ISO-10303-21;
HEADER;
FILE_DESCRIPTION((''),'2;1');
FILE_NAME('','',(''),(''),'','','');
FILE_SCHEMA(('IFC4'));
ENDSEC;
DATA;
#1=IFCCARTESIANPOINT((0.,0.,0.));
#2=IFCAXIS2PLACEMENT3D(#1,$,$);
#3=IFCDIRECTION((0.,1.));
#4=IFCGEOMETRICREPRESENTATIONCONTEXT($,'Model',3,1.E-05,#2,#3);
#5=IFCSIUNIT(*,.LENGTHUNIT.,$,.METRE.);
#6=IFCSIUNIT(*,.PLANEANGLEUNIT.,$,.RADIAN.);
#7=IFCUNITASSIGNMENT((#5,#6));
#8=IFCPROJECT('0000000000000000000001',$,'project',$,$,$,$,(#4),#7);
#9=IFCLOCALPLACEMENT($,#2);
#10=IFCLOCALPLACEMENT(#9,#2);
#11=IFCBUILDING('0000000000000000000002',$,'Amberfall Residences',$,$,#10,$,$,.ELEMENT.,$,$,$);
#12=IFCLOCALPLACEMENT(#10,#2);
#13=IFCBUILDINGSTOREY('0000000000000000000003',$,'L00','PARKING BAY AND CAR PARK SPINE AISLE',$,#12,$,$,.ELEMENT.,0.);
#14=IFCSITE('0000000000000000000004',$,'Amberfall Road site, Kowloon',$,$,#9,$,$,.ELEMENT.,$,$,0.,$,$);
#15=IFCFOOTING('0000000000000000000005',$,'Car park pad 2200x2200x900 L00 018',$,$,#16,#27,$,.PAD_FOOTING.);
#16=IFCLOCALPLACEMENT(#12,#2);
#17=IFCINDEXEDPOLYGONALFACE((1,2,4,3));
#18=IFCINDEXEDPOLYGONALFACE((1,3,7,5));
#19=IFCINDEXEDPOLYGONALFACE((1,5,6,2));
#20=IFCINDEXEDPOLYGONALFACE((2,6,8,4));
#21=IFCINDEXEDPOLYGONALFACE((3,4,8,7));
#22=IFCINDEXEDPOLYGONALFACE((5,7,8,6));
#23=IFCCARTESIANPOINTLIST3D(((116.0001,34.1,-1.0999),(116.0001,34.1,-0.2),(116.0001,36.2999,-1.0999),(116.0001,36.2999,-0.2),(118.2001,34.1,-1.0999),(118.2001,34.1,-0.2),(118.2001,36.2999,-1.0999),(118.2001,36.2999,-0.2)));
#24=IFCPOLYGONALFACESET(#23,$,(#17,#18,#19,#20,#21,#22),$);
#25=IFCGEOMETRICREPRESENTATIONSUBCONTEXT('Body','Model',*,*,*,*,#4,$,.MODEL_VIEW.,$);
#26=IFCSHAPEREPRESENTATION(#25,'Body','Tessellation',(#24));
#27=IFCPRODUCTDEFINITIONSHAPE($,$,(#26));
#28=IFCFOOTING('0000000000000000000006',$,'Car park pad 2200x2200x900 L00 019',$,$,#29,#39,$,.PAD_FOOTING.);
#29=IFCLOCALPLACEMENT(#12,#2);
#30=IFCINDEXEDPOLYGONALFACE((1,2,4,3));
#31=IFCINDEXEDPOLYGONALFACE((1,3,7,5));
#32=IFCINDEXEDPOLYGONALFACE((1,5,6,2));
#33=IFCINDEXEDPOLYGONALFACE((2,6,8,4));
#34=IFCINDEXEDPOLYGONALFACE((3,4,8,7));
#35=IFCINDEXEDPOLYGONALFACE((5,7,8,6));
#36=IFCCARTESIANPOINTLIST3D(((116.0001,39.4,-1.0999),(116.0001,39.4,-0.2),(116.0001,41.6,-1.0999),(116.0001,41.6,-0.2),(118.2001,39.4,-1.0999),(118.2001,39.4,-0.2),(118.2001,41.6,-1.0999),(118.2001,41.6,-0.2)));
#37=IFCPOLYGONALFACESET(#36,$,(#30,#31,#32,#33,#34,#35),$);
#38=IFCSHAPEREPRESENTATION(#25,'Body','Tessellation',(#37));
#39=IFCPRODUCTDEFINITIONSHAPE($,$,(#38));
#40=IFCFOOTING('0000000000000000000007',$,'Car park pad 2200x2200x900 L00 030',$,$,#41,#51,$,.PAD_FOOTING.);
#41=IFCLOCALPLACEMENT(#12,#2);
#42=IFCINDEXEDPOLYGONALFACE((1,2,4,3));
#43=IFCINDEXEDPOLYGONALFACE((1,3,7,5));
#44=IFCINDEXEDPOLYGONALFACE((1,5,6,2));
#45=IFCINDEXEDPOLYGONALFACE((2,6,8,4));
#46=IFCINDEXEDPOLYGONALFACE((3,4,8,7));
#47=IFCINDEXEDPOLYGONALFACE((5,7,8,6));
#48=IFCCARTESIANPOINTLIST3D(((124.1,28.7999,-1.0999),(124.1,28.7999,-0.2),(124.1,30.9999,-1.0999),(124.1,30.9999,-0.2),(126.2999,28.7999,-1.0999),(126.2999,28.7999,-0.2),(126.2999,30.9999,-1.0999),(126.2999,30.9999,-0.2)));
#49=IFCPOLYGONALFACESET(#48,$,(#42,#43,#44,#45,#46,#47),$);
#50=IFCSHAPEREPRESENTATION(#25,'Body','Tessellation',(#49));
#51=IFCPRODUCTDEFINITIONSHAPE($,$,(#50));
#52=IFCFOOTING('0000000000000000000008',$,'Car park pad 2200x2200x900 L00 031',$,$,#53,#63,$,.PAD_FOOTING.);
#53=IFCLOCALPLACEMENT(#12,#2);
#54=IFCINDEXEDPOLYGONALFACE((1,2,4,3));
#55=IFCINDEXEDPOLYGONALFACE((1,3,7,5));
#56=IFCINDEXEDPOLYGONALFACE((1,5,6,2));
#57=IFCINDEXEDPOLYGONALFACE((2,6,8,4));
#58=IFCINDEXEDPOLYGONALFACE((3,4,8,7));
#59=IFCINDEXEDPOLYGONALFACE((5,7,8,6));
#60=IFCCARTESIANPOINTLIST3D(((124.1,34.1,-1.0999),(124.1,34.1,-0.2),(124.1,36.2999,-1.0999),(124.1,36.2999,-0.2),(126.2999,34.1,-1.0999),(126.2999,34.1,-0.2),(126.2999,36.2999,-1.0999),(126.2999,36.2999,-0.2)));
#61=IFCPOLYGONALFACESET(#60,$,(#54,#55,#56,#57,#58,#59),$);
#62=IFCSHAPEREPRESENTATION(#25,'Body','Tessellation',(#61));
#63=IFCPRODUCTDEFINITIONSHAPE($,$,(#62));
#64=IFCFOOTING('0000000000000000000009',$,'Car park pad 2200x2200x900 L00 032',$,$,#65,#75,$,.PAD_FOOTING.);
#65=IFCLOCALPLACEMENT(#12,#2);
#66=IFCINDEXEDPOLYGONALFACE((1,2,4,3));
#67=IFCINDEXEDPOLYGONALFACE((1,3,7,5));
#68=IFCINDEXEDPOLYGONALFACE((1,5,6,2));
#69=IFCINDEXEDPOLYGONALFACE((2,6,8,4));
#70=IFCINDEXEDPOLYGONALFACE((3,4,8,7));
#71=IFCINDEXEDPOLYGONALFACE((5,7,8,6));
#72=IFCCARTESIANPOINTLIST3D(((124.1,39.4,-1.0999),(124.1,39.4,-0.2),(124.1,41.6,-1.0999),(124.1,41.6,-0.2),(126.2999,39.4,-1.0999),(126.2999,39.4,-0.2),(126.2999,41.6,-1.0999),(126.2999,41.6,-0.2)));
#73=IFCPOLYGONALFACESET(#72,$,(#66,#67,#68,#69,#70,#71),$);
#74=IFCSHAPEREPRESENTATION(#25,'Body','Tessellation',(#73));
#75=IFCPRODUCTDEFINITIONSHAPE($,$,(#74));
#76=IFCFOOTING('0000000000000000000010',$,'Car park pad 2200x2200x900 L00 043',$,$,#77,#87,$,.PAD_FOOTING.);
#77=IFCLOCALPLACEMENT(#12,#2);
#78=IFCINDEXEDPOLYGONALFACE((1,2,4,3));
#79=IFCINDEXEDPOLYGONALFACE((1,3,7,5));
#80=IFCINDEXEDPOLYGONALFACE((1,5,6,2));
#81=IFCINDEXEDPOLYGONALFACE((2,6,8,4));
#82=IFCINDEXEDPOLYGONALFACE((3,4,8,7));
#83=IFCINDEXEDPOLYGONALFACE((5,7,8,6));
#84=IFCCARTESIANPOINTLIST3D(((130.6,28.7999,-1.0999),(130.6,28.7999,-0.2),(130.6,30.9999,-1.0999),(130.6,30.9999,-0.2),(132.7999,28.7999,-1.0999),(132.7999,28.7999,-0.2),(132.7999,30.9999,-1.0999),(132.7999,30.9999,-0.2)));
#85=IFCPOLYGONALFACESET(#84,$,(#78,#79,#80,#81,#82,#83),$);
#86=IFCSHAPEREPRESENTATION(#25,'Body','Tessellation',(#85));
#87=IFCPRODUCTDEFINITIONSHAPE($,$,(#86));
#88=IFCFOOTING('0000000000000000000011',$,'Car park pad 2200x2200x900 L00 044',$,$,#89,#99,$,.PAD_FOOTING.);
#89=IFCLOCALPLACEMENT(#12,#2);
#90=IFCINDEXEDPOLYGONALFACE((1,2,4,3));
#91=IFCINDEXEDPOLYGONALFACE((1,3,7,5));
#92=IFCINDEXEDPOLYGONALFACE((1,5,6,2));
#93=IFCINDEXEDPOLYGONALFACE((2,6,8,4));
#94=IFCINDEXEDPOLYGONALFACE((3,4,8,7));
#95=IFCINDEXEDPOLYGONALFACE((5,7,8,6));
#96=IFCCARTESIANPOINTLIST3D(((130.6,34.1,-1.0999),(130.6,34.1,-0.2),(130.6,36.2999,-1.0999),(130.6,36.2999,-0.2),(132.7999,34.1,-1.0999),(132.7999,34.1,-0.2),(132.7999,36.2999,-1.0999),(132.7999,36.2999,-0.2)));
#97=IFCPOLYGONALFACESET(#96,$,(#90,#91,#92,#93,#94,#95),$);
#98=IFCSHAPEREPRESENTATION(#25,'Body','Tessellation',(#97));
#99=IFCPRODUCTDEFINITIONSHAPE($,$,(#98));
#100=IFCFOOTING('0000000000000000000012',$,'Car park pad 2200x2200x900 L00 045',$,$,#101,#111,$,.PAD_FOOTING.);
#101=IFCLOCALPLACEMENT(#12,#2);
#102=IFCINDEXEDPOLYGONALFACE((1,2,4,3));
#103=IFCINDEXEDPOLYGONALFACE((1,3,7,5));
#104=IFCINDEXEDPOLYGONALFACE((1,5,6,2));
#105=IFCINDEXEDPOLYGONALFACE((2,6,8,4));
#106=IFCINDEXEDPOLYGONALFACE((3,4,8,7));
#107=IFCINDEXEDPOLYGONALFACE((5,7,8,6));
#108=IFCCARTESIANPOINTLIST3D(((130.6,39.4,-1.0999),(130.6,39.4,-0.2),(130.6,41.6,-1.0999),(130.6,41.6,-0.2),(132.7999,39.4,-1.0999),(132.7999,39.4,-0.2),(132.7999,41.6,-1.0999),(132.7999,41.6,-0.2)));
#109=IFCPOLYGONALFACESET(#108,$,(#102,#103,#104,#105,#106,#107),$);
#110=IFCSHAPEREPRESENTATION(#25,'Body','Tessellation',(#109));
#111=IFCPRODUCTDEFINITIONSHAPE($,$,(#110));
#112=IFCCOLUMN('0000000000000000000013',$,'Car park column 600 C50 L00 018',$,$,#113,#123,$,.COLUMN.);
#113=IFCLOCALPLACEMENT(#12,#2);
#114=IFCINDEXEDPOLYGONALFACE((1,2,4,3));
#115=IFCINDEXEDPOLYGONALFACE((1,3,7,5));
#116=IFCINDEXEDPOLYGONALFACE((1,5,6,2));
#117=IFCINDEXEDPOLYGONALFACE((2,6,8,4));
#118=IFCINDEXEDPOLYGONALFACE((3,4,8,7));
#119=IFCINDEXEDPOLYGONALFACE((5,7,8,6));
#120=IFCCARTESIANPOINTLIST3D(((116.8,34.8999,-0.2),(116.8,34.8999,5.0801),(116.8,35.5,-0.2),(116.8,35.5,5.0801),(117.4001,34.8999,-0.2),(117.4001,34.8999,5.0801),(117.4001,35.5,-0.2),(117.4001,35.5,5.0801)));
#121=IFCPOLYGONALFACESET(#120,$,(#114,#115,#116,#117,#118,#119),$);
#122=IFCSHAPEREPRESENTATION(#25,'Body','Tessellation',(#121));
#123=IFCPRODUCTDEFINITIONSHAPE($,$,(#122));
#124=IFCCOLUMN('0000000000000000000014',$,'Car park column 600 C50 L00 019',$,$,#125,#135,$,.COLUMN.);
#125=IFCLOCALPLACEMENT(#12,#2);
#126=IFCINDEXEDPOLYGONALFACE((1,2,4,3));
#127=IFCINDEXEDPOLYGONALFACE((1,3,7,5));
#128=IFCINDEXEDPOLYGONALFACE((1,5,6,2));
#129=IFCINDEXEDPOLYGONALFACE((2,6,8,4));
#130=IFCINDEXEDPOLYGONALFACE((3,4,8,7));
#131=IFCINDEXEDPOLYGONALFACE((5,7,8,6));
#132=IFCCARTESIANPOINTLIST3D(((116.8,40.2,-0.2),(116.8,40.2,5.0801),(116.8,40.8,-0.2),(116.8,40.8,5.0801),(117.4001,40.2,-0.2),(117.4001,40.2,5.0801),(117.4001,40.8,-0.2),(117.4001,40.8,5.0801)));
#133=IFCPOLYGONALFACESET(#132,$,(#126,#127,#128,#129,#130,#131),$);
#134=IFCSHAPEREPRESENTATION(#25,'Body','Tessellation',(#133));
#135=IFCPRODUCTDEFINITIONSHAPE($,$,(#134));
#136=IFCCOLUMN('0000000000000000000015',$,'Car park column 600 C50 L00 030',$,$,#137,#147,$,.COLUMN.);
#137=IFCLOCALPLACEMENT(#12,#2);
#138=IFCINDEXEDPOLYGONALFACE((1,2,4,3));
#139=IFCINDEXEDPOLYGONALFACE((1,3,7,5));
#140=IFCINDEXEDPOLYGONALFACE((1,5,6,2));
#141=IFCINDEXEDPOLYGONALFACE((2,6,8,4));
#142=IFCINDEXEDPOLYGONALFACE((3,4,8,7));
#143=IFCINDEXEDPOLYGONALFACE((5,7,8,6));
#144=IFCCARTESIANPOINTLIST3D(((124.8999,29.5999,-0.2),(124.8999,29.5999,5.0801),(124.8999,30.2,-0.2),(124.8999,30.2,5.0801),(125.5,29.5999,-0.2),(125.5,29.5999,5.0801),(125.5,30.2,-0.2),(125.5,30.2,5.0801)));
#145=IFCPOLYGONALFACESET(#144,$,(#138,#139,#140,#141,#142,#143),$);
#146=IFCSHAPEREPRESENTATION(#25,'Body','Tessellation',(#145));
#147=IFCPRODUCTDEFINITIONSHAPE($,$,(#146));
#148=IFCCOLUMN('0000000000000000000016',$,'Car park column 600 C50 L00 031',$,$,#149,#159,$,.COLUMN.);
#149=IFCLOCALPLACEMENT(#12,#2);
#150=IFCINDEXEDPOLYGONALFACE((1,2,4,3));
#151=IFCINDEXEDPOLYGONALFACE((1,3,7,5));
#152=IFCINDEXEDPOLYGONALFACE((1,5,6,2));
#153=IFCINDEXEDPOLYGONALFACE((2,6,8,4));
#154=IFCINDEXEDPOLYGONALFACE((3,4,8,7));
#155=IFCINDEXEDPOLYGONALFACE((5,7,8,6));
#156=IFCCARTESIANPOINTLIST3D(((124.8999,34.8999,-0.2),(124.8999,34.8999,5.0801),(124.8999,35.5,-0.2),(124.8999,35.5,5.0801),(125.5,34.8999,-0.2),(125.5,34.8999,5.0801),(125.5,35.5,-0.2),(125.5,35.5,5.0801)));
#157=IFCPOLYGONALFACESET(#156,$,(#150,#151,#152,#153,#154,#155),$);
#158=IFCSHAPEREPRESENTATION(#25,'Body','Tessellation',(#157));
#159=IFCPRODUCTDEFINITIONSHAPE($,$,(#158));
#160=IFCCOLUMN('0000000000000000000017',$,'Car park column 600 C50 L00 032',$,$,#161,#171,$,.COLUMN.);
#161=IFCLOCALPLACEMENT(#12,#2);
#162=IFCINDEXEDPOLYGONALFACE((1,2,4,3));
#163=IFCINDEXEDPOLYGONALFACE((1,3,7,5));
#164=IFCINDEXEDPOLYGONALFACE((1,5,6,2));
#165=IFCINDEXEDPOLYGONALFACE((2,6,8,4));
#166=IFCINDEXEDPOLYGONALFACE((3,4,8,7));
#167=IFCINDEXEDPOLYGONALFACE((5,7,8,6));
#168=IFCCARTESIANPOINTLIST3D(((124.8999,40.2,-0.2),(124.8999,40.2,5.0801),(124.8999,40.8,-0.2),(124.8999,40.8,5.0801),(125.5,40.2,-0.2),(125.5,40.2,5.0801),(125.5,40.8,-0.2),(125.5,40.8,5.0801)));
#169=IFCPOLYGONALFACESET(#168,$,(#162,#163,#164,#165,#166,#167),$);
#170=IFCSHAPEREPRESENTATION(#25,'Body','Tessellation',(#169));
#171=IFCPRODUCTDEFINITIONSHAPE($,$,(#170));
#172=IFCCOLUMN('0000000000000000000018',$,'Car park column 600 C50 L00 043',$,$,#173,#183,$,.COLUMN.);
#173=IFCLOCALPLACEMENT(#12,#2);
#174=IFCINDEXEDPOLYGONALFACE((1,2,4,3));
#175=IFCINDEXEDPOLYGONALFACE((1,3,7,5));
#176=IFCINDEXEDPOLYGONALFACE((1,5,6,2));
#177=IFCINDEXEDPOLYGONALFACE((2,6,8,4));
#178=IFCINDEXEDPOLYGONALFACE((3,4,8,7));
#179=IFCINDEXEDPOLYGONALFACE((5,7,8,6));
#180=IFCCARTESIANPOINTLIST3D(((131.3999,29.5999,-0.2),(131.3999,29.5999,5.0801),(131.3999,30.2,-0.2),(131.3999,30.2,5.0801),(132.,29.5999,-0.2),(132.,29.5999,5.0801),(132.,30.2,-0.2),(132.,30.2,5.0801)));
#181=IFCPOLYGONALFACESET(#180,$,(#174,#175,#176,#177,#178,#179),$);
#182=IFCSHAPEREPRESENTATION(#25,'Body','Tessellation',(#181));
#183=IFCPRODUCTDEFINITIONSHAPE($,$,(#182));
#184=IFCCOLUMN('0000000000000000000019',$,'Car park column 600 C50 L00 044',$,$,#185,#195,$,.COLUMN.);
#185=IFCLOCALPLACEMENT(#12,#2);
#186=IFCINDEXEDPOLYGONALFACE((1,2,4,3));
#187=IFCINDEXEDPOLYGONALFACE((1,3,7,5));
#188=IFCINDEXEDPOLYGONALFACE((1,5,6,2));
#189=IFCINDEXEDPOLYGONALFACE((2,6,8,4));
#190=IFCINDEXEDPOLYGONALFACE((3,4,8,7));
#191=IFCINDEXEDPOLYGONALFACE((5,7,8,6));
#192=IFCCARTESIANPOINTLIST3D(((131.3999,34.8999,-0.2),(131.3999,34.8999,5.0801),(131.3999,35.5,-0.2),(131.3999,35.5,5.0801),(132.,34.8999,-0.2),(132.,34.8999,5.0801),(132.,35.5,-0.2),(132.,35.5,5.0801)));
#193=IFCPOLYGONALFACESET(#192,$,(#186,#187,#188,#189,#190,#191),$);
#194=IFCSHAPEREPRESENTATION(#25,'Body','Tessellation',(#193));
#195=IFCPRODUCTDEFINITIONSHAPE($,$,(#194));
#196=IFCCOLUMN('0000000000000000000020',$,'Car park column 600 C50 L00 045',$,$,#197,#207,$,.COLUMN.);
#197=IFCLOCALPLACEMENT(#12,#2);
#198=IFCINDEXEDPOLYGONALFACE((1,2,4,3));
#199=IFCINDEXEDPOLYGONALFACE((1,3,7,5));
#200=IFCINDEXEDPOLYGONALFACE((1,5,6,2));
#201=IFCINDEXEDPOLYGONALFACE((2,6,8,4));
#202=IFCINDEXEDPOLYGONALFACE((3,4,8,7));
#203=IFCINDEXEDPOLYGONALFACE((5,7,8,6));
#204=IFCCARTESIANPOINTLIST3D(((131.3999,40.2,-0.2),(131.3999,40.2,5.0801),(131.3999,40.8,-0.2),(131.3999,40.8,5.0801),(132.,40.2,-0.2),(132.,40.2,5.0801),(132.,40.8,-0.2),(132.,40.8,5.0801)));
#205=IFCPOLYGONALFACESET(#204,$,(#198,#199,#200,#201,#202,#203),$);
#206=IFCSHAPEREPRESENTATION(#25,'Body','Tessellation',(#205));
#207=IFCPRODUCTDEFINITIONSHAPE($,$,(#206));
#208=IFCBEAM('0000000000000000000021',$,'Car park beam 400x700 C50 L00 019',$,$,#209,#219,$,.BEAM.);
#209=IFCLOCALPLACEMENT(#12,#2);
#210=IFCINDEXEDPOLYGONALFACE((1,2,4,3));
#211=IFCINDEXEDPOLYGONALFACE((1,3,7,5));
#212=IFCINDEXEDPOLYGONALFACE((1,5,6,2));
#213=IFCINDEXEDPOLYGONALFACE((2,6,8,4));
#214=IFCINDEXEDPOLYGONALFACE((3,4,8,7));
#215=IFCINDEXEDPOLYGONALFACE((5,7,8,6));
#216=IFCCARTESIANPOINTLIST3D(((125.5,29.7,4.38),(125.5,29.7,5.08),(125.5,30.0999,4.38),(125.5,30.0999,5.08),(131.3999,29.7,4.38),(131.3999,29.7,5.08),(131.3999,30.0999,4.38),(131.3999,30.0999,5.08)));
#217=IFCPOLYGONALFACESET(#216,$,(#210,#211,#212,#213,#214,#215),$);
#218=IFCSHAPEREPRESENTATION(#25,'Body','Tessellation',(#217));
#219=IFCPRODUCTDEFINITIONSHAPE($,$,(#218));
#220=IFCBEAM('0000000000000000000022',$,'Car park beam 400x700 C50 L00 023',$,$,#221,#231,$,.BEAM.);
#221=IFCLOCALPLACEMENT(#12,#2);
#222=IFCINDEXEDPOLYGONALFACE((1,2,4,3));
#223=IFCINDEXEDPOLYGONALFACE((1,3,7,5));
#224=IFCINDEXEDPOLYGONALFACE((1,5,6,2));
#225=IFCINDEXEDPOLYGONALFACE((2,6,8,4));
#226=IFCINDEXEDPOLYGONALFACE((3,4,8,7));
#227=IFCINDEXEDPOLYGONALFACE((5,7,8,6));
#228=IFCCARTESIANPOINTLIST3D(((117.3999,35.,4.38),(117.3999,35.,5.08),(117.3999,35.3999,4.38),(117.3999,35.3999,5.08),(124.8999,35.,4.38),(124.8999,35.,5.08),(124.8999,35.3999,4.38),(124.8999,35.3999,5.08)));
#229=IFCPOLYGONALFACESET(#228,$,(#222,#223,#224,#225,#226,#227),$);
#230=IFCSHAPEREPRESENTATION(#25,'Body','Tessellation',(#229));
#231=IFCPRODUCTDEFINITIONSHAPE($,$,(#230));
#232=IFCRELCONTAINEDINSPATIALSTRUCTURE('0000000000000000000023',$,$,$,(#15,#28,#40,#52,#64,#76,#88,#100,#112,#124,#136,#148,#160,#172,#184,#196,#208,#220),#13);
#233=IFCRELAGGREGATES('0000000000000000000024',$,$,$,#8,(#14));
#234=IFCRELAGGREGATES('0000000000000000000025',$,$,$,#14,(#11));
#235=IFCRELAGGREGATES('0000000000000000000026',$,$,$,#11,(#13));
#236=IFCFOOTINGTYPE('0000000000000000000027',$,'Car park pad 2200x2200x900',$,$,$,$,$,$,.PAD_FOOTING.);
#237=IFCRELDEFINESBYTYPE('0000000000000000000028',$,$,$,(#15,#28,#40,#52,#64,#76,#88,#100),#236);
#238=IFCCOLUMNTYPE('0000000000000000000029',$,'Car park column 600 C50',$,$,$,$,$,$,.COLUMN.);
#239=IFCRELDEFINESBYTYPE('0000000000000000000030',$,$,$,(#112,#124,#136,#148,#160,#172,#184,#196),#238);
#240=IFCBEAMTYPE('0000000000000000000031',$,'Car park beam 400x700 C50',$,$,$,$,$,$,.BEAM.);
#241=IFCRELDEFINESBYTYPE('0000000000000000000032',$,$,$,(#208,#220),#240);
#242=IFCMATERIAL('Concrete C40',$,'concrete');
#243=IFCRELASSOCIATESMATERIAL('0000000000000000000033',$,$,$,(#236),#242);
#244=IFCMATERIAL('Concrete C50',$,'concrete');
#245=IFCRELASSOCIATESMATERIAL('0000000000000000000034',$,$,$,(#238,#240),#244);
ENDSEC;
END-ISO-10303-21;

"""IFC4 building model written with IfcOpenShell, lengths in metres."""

from ifc_helpers import new_model, si_unit, direction, frame, origin, origin_2d, place, context, subcontext, project, spatial, rectangle, extrude, material, material_profile, profile_set, type_object, element, save


model = new_model("IFC4")

# Units and contexts
model_context = context("Model", 3, precision=1e-05, world=origin(), true_north=direction((0.0, 1.0)))
body_context = subcontext(model_context, "Body", "Model", "MODEL_VIEW")
ifc_project = project(units=[si_unit("LENGTHUNIT", "METRE"), si_unit("PLANEANGLEUNIT", "RADIAN")], contexts=[model_context])

# Site, building, storey
site_placement = place(None, origin())
site = spatial("IfcSite", under=ifc_project, at=site_placement, Name="Amberfall Road site, Kowloon", CompositionType="ELEMENT", RefElevation=0.0)
building_placement = place(site_placement, origin())
building = spatial("IfcBuilding", under=site, at=building_placement, Name="Amberfall Residences", CompositionType="ELEMENT")
storey_placement = place(building_placement, origin())
storey = spatial("IfcBuildingStorey", under=building, at=storey_placement, Name="L00", Description="PARKING BAY AND CAR PARK SPINE AISLE", CompositionType="ELEMENT", Elevation=0.0)

# Footings
ifc_material_1 = material(Name="Concrete C40", Category="concrete")
footing_type = type_object("IfcFootingType", Name="Car park pad 2200x2200x900", PredefinedType="PAD_FOOTING", material=ifc_material_1)
for number, where, z_axis, x_axis, name in (
    (1, (117.1001, 35.2, -1.0999), (0.0, 0.0, 1.0), (1.0, 0.0, 0.0), "Car park pad 2200x2200x900 L00 018"),
    (2, (117.1001, 40.5, -1.0999), (0.0, 0.0, 1.0), (1.0, 0.0, 0.0), "Car park pad 2200x2200x900 L00 019"),
    (3, (125.2, 29.8999, -1.0999), (0.0, 0.0, 1.0), (1.0, 0.0, 0.0), "Car park pad 2200x2200x900 L00 030"),
    (4, (125.2, 35.2, -1.0999), (0.0, 0.0, 1.0), (1.0, 0.0, 0.0), "Car park pad 2200x2200x900 L00 031"),
    (5, (125.2, 40.5, -1.0999), (0.0, 0.0, 1.0), (1.0, 0.0, 0.0), "Car park pad 2200x2200x900 L00 032"),
    (6, (131.7, 29.8999, -1.0999), (0.0, 0.0, 1.0), (1.0, 0.0, 0.0), "Car park pad 2200x2200x900 L00 043"),
    (7, (131.7, 35.2, -1.0999), (0.0, 0.0, 1.0), (1.0, 0.0, 0.0), "Car park pad 2200x2200x900 L00 044"),
    (8, (131.7, 40.5, -1.0999), (0.0, 0.0, 1.0), (1.0, 0.0, 0.0), "Car park pad 2200x2200x900 L00 045"),
):
    element("IfcFooting", number, at=place(storey_placement, frame(where, z_axis=z_axis, x_axis=x_axis)), inside=storey, type_object=footing_type, Name=name, PredefinedType="PAD_FOOTING", context=body_context, shape_type="SweptSolid", body=[
        extrude(rectangle(XDim=2.2, YDim=2.2, at=origin_2d()), origin(), (0.0, 0.0, 1.0), 0.8999),
    ])

# Columns
ifc_material_2 = material(Name="Concrete C50", Category="concrete")
ifc_material_profile_1 = material_profile(ifc_material_2, rectangle(XDim=0.6001, YDim=0.6001, at=origin_2d()), Name="RC 600x600")
ifc_profile_set_1 = profile_set([ifc_material_profile_1], Name="Concrete C50")
column_type = type_object("IfcColumnType", Name="Car park column 600 C50", PredefinedType="COLUMN", material=ifc_profile_set_1)
for number, where, z_axis, x_axis, name in (
    (9, (117.1001, 35.2, -0.2), (0.0, 0.0, 1.0), (1.0, 0.0, 0.0), "Car park column 600 C50 L00 018"),
    (10, (117.1001, 40.5, -0.2), (0.0, 0.0, 1.0), (1.0, 0.0, 0.0), "Car park column 600 C50 L00 019"),
    (11, (125.2, 29.8999, -0.2), (0.0, 0.0, 1.0), (1.0, 0.0, 0.0), "Car park column 600 C50 L00 030"),
    (12, (125.2, 35.2, -0.2), (0.0, 0.0, 1.0), (1.0, 0.0, 0.0), "Car park column 600 C50 L00 031"),
    (13, (125.2, 40.5, -0.2), (0.0, 0.0, 1.0), (1.0, 0.0, 0.0), "Car park column 600 C50 L00 032"),
    (14, (131.7, 29.8999, -0.2), (0.0, 0.0, 1.0), (1.0, 0.0, 0.0), "Car park column 600 C50 L00 043"),
    (15, (131.7, 35.2, -0.2), (0.0, 0.0, 1.0), (1.0, 0.0, 0.0), "Car park column 600 C50 L00 044"),
    (16, (131.7, 40.5, -0.2), (0.0, 0.0, 1.0), (1.0, 0.0, 0.0), "Car park column 600 C50 L00 045"),
):
    element("IfcColumn", number, at=place(storey_placement, frame(where, z_axis=z_axis, x_axis=x_axis)), inside=storey, type_object=column_type, Name=name, PredefinedType="COLUMN", context=body_context, shape_type="SweptSolid", body=[
        extrude(rectangle(XDim=0.6001, YDim=0.6001, at=origin_2d()), origin(), (0.0, 0.0, 1.0), 5.28),
    ])

# Beams
ifc_material_profile_2 = material_profile(ifc_material_2, rectangle(XDim=0.3999, YDim=0.7, at=origin_2d()), Name="RC 400x700")
ifc_profile_set_2 = profile_set([ifc_material_profile_2], Name="Concrete C50")
beam_type = type_object("IfcBeamType", Name="Car park beam 400x700 C50", PredefinedType="BEAM", material=ifc_profile_set_2)
beam_1_placement = place(storey_placement, frame((125.5, 29.8999, 4.73), z_axis=(1.0, 0.0, 0.0), x_axis=(0.0, 1.0, 0.0)))
element("IfcBeam", 17, at=beam_1_placement, inside=storey, type_object=beam_type, Name="Car park beam 400x700 C50 L00 019", PredefinedType="BEAM", context=body_context, shape_type="SweptSolid", body=[
    extrude(rectangle(XDim=0.3999, YDim=0.7, at=origin_2d()), origin(), (0.0, 0.0, 1.0), 5.8999),
])
beam_2_placement = place(storey_placement, frame((117.3999, 35.2, 4.73), z_axis=(1.0, 0.0, 0.0), x_axis=(0.0, 1.0, 0.0)))
element("IfcBeam", 18, at=beam_2_placement, inside=storey, type_object=beam_type, Name="Car park beam 400x700 C50 L00 023", PredefinedType="BEAM", context=body_context, shape_type="SweptSolid", body=[
    extrude(rectangle(XDim=0.3999, YDim=0.7, at=origin_2d()), origin(), (0.0, 0.0, 1.0), 7.5),
])

save(model, "model.ifc")
